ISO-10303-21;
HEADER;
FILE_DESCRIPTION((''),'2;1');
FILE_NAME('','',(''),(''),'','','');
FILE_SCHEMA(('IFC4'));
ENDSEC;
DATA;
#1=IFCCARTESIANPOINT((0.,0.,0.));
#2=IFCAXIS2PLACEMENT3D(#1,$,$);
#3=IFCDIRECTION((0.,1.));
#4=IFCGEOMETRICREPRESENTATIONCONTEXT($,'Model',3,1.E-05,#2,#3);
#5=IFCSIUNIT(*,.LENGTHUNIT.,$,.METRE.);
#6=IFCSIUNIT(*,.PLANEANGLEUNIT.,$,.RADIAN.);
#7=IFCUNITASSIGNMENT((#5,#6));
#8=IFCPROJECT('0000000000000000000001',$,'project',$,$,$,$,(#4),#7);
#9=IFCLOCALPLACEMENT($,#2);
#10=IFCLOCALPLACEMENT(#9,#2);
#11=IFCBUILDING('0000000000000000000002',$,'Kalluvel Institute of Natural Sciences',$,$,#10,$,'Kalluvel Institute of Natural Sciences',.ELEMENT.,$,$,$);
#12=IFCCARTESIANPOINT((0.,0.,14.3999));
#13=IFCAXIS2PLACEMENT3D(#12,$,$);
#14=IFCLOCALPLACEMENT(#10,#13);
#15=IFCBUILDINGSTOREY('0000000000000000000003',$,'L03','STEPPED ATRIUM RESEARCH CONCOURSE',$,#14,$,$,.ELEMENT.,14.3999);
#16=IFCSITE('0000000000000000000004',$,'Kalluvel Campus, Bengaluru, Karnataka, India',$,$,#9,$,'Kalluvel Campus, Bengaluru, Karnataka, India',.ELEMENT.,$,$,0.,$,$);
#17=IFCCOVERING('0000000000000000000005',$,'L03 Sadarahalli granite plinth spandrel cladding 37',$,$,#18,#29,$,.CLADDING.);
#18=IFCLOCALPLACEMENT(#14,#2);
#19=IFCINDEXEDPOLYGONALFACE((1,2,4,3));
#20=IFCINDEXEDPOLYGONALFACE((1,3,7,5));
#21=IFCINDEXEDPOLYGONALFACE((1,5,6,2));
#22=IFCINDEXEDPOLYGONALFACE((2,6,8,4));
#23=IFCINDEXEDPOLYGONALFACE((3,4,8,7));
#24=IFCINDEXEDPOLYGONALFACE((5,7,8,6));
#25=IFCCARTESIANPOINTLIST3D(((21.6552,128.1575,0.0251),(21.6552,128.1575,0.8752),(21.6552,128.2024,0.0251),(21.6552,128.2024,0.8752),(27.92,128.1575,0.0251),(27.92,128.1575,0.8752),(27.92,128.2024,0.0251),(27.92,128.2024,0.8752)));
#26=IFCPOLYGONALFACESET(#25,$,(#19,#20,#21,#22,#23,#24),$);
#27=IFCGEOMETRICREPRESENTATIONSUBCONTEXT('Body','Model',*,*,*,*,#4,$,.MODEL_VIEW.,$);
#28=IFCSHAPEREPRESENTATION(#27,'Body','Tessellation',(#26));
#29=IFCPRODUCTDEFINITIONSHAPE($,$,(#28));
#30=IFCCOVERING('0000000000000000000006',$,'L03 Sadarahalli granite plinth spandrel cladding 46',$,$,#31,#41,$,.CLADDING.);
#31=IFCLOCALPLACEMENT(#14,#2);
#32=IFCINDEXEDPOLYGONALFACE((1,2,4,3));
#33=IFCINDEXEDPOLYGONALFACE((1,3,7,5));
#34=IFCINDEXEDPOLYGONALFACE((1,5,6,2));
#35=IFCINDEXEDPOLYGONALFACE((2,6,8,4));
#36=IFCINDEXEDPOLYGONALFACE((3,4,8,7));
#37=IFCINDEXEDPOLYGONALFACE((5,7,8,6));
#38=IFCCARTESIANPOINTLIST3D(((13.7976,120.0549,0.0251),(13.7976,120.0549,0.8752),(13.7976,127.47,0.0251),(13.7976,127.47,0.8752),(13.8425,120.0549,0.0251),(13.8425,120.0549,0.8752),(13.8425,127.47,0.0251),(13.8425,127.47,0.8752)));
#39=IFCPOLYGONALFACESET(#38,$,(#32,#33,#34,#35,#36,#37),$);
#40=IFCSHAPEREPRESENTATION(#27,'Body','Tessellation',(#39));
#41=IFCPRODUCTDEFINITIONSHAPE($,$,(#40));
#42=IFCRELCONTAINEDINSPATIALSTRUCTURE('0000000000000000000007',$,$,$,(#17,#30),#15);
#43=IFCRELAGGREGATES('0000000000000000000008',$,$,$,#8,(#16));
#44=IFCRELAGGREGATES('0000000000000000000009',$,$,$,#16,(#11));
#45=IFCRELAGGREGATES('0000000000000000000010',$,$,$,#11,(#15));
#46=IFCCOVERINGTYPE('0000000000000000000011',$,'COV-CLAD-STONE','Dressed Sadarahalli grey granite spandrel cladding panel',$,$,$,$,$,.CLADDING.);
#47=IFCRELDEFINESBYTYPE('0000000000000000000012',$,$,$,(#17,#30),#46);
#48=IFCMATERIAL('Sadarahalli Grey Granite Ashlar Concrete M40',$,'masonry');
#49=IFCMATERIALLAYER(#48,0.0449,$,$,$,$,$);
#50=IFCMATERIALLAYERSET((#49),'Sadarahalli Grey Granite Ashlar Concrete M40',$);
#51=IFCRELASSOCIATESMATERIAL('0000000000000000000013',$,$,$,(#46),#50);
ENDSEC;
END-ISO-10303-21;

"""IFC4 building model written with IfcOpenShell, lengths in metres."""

from ifc_helpers import new_model, si_unit, direction, frame, origin, origin_2d, place, context, subcontext, project, spatial, rectangle, extrude, material, layer, layer_set, type_object, element, save


model = new_model("IFC4")

# Units and contexts
model_context = context("Model", 3, precision=1e-05, world=origin(), true_north=direction((0.0, 1.0)))
body_context = subcontext(model_context, "Body", "Model", "MODEL_VIEW")
ifc_project = project(units=[si_unit("LENGTHUNIT", "METRE"), si_unit("PLANEANGLEUNIT", "RADIAN")], contexts=[model_context])

# Site, building, storey
site_placement = place(None, origin())
site = spatial("IfcSite", under=ifc_project, at=site_placement, Name="Kalluvel Campus, Bengaluru, Karnataka, India", LongName="Kalluvel Campus, Bengaluru, Karnataka, India", CompositionType="ELEMENT", RefElevation=0.0)
building_placement = place(site_placement, origin())
building = spatial("IfcBuilding", under=site, at=building_placement, Name="Kalluvel Institute of Natural Sciences", LongName="Kalluvel Institute of Natural Sciences", CompositionType="ELEMENT")
storey_placement = place(building_placement, frame((0.0, 0.0, 14.3999)))
storey = spatial("IfcBuildingStorey", under=building, at=storey_placement, Name="L03", Description="STEPPED ATRIUM RESEARCH CONCOURSE", CompositionType="ELEMENT", Elevation=14.3999)

# Shared definitions
ifc_material_1 = material(Name="Sadarahalli Grey Granite Ashlar Concrete M40", Category="masonry")

# Coverings
ifc_layer_1 = layer(ifc_material_1, 0.0449)
ifc_layer_set_1 = layer_set([ifc_layer_1], Name="Sadarahalli Grey Granite Ashlar Concrete M40")
covering_type = type_object("IfcCoveringType", Name="COV-CLAD-STONE", Description="Dressed Sadarahalli grey granite spandrel cladding panel", PredefinedType="CLADDING", material=ifc_layer_set_1)
covering_1_placement = place(storey_placement, frame((24.7876, 128.1799, 0.0251), z_axis=(0.0, 0.0, 1.0), x_axis=(1.0, 0.0, 0.0)))
element("IfcCovering", 1, at=covering_1_placement, inside=storey, type_object=covering_type, Name="L03 Sadarahalli granite plinth spandrel cladding 37", PredefinedType="CLADDING", context=body_context, shape_type="SweptSolid", body=[
    extrude(rectangle(XDim=6.2649, YDim=0.0449, at=origin_2d()), origin(), (0.0, 0.0, 1.0), 0.8501),
])
covering_2_placement = place(storey_placement, frame((13.8201, 123.7625, 0.0251), z_axis=(0.0, 0.0, 1.0), x_axis=(0.0, 1.0, 0.0)))
element("IfcCovering", 2, at=covering_2_placement, inside=storey, type_object=covering_type, Name="L03 Sadarahalli granite plinth spandrel cladding 46", PredefinedType="CLADDING", context=body_context, shape_type="SweptSolid", body=[
    extrude(rectangle(XDim=7.415, YDim=0.0449, at=origin_2d()), origin(), (0.0, 0.0, 1.0), 0.8501),
])

save(model, "model.ifc")
